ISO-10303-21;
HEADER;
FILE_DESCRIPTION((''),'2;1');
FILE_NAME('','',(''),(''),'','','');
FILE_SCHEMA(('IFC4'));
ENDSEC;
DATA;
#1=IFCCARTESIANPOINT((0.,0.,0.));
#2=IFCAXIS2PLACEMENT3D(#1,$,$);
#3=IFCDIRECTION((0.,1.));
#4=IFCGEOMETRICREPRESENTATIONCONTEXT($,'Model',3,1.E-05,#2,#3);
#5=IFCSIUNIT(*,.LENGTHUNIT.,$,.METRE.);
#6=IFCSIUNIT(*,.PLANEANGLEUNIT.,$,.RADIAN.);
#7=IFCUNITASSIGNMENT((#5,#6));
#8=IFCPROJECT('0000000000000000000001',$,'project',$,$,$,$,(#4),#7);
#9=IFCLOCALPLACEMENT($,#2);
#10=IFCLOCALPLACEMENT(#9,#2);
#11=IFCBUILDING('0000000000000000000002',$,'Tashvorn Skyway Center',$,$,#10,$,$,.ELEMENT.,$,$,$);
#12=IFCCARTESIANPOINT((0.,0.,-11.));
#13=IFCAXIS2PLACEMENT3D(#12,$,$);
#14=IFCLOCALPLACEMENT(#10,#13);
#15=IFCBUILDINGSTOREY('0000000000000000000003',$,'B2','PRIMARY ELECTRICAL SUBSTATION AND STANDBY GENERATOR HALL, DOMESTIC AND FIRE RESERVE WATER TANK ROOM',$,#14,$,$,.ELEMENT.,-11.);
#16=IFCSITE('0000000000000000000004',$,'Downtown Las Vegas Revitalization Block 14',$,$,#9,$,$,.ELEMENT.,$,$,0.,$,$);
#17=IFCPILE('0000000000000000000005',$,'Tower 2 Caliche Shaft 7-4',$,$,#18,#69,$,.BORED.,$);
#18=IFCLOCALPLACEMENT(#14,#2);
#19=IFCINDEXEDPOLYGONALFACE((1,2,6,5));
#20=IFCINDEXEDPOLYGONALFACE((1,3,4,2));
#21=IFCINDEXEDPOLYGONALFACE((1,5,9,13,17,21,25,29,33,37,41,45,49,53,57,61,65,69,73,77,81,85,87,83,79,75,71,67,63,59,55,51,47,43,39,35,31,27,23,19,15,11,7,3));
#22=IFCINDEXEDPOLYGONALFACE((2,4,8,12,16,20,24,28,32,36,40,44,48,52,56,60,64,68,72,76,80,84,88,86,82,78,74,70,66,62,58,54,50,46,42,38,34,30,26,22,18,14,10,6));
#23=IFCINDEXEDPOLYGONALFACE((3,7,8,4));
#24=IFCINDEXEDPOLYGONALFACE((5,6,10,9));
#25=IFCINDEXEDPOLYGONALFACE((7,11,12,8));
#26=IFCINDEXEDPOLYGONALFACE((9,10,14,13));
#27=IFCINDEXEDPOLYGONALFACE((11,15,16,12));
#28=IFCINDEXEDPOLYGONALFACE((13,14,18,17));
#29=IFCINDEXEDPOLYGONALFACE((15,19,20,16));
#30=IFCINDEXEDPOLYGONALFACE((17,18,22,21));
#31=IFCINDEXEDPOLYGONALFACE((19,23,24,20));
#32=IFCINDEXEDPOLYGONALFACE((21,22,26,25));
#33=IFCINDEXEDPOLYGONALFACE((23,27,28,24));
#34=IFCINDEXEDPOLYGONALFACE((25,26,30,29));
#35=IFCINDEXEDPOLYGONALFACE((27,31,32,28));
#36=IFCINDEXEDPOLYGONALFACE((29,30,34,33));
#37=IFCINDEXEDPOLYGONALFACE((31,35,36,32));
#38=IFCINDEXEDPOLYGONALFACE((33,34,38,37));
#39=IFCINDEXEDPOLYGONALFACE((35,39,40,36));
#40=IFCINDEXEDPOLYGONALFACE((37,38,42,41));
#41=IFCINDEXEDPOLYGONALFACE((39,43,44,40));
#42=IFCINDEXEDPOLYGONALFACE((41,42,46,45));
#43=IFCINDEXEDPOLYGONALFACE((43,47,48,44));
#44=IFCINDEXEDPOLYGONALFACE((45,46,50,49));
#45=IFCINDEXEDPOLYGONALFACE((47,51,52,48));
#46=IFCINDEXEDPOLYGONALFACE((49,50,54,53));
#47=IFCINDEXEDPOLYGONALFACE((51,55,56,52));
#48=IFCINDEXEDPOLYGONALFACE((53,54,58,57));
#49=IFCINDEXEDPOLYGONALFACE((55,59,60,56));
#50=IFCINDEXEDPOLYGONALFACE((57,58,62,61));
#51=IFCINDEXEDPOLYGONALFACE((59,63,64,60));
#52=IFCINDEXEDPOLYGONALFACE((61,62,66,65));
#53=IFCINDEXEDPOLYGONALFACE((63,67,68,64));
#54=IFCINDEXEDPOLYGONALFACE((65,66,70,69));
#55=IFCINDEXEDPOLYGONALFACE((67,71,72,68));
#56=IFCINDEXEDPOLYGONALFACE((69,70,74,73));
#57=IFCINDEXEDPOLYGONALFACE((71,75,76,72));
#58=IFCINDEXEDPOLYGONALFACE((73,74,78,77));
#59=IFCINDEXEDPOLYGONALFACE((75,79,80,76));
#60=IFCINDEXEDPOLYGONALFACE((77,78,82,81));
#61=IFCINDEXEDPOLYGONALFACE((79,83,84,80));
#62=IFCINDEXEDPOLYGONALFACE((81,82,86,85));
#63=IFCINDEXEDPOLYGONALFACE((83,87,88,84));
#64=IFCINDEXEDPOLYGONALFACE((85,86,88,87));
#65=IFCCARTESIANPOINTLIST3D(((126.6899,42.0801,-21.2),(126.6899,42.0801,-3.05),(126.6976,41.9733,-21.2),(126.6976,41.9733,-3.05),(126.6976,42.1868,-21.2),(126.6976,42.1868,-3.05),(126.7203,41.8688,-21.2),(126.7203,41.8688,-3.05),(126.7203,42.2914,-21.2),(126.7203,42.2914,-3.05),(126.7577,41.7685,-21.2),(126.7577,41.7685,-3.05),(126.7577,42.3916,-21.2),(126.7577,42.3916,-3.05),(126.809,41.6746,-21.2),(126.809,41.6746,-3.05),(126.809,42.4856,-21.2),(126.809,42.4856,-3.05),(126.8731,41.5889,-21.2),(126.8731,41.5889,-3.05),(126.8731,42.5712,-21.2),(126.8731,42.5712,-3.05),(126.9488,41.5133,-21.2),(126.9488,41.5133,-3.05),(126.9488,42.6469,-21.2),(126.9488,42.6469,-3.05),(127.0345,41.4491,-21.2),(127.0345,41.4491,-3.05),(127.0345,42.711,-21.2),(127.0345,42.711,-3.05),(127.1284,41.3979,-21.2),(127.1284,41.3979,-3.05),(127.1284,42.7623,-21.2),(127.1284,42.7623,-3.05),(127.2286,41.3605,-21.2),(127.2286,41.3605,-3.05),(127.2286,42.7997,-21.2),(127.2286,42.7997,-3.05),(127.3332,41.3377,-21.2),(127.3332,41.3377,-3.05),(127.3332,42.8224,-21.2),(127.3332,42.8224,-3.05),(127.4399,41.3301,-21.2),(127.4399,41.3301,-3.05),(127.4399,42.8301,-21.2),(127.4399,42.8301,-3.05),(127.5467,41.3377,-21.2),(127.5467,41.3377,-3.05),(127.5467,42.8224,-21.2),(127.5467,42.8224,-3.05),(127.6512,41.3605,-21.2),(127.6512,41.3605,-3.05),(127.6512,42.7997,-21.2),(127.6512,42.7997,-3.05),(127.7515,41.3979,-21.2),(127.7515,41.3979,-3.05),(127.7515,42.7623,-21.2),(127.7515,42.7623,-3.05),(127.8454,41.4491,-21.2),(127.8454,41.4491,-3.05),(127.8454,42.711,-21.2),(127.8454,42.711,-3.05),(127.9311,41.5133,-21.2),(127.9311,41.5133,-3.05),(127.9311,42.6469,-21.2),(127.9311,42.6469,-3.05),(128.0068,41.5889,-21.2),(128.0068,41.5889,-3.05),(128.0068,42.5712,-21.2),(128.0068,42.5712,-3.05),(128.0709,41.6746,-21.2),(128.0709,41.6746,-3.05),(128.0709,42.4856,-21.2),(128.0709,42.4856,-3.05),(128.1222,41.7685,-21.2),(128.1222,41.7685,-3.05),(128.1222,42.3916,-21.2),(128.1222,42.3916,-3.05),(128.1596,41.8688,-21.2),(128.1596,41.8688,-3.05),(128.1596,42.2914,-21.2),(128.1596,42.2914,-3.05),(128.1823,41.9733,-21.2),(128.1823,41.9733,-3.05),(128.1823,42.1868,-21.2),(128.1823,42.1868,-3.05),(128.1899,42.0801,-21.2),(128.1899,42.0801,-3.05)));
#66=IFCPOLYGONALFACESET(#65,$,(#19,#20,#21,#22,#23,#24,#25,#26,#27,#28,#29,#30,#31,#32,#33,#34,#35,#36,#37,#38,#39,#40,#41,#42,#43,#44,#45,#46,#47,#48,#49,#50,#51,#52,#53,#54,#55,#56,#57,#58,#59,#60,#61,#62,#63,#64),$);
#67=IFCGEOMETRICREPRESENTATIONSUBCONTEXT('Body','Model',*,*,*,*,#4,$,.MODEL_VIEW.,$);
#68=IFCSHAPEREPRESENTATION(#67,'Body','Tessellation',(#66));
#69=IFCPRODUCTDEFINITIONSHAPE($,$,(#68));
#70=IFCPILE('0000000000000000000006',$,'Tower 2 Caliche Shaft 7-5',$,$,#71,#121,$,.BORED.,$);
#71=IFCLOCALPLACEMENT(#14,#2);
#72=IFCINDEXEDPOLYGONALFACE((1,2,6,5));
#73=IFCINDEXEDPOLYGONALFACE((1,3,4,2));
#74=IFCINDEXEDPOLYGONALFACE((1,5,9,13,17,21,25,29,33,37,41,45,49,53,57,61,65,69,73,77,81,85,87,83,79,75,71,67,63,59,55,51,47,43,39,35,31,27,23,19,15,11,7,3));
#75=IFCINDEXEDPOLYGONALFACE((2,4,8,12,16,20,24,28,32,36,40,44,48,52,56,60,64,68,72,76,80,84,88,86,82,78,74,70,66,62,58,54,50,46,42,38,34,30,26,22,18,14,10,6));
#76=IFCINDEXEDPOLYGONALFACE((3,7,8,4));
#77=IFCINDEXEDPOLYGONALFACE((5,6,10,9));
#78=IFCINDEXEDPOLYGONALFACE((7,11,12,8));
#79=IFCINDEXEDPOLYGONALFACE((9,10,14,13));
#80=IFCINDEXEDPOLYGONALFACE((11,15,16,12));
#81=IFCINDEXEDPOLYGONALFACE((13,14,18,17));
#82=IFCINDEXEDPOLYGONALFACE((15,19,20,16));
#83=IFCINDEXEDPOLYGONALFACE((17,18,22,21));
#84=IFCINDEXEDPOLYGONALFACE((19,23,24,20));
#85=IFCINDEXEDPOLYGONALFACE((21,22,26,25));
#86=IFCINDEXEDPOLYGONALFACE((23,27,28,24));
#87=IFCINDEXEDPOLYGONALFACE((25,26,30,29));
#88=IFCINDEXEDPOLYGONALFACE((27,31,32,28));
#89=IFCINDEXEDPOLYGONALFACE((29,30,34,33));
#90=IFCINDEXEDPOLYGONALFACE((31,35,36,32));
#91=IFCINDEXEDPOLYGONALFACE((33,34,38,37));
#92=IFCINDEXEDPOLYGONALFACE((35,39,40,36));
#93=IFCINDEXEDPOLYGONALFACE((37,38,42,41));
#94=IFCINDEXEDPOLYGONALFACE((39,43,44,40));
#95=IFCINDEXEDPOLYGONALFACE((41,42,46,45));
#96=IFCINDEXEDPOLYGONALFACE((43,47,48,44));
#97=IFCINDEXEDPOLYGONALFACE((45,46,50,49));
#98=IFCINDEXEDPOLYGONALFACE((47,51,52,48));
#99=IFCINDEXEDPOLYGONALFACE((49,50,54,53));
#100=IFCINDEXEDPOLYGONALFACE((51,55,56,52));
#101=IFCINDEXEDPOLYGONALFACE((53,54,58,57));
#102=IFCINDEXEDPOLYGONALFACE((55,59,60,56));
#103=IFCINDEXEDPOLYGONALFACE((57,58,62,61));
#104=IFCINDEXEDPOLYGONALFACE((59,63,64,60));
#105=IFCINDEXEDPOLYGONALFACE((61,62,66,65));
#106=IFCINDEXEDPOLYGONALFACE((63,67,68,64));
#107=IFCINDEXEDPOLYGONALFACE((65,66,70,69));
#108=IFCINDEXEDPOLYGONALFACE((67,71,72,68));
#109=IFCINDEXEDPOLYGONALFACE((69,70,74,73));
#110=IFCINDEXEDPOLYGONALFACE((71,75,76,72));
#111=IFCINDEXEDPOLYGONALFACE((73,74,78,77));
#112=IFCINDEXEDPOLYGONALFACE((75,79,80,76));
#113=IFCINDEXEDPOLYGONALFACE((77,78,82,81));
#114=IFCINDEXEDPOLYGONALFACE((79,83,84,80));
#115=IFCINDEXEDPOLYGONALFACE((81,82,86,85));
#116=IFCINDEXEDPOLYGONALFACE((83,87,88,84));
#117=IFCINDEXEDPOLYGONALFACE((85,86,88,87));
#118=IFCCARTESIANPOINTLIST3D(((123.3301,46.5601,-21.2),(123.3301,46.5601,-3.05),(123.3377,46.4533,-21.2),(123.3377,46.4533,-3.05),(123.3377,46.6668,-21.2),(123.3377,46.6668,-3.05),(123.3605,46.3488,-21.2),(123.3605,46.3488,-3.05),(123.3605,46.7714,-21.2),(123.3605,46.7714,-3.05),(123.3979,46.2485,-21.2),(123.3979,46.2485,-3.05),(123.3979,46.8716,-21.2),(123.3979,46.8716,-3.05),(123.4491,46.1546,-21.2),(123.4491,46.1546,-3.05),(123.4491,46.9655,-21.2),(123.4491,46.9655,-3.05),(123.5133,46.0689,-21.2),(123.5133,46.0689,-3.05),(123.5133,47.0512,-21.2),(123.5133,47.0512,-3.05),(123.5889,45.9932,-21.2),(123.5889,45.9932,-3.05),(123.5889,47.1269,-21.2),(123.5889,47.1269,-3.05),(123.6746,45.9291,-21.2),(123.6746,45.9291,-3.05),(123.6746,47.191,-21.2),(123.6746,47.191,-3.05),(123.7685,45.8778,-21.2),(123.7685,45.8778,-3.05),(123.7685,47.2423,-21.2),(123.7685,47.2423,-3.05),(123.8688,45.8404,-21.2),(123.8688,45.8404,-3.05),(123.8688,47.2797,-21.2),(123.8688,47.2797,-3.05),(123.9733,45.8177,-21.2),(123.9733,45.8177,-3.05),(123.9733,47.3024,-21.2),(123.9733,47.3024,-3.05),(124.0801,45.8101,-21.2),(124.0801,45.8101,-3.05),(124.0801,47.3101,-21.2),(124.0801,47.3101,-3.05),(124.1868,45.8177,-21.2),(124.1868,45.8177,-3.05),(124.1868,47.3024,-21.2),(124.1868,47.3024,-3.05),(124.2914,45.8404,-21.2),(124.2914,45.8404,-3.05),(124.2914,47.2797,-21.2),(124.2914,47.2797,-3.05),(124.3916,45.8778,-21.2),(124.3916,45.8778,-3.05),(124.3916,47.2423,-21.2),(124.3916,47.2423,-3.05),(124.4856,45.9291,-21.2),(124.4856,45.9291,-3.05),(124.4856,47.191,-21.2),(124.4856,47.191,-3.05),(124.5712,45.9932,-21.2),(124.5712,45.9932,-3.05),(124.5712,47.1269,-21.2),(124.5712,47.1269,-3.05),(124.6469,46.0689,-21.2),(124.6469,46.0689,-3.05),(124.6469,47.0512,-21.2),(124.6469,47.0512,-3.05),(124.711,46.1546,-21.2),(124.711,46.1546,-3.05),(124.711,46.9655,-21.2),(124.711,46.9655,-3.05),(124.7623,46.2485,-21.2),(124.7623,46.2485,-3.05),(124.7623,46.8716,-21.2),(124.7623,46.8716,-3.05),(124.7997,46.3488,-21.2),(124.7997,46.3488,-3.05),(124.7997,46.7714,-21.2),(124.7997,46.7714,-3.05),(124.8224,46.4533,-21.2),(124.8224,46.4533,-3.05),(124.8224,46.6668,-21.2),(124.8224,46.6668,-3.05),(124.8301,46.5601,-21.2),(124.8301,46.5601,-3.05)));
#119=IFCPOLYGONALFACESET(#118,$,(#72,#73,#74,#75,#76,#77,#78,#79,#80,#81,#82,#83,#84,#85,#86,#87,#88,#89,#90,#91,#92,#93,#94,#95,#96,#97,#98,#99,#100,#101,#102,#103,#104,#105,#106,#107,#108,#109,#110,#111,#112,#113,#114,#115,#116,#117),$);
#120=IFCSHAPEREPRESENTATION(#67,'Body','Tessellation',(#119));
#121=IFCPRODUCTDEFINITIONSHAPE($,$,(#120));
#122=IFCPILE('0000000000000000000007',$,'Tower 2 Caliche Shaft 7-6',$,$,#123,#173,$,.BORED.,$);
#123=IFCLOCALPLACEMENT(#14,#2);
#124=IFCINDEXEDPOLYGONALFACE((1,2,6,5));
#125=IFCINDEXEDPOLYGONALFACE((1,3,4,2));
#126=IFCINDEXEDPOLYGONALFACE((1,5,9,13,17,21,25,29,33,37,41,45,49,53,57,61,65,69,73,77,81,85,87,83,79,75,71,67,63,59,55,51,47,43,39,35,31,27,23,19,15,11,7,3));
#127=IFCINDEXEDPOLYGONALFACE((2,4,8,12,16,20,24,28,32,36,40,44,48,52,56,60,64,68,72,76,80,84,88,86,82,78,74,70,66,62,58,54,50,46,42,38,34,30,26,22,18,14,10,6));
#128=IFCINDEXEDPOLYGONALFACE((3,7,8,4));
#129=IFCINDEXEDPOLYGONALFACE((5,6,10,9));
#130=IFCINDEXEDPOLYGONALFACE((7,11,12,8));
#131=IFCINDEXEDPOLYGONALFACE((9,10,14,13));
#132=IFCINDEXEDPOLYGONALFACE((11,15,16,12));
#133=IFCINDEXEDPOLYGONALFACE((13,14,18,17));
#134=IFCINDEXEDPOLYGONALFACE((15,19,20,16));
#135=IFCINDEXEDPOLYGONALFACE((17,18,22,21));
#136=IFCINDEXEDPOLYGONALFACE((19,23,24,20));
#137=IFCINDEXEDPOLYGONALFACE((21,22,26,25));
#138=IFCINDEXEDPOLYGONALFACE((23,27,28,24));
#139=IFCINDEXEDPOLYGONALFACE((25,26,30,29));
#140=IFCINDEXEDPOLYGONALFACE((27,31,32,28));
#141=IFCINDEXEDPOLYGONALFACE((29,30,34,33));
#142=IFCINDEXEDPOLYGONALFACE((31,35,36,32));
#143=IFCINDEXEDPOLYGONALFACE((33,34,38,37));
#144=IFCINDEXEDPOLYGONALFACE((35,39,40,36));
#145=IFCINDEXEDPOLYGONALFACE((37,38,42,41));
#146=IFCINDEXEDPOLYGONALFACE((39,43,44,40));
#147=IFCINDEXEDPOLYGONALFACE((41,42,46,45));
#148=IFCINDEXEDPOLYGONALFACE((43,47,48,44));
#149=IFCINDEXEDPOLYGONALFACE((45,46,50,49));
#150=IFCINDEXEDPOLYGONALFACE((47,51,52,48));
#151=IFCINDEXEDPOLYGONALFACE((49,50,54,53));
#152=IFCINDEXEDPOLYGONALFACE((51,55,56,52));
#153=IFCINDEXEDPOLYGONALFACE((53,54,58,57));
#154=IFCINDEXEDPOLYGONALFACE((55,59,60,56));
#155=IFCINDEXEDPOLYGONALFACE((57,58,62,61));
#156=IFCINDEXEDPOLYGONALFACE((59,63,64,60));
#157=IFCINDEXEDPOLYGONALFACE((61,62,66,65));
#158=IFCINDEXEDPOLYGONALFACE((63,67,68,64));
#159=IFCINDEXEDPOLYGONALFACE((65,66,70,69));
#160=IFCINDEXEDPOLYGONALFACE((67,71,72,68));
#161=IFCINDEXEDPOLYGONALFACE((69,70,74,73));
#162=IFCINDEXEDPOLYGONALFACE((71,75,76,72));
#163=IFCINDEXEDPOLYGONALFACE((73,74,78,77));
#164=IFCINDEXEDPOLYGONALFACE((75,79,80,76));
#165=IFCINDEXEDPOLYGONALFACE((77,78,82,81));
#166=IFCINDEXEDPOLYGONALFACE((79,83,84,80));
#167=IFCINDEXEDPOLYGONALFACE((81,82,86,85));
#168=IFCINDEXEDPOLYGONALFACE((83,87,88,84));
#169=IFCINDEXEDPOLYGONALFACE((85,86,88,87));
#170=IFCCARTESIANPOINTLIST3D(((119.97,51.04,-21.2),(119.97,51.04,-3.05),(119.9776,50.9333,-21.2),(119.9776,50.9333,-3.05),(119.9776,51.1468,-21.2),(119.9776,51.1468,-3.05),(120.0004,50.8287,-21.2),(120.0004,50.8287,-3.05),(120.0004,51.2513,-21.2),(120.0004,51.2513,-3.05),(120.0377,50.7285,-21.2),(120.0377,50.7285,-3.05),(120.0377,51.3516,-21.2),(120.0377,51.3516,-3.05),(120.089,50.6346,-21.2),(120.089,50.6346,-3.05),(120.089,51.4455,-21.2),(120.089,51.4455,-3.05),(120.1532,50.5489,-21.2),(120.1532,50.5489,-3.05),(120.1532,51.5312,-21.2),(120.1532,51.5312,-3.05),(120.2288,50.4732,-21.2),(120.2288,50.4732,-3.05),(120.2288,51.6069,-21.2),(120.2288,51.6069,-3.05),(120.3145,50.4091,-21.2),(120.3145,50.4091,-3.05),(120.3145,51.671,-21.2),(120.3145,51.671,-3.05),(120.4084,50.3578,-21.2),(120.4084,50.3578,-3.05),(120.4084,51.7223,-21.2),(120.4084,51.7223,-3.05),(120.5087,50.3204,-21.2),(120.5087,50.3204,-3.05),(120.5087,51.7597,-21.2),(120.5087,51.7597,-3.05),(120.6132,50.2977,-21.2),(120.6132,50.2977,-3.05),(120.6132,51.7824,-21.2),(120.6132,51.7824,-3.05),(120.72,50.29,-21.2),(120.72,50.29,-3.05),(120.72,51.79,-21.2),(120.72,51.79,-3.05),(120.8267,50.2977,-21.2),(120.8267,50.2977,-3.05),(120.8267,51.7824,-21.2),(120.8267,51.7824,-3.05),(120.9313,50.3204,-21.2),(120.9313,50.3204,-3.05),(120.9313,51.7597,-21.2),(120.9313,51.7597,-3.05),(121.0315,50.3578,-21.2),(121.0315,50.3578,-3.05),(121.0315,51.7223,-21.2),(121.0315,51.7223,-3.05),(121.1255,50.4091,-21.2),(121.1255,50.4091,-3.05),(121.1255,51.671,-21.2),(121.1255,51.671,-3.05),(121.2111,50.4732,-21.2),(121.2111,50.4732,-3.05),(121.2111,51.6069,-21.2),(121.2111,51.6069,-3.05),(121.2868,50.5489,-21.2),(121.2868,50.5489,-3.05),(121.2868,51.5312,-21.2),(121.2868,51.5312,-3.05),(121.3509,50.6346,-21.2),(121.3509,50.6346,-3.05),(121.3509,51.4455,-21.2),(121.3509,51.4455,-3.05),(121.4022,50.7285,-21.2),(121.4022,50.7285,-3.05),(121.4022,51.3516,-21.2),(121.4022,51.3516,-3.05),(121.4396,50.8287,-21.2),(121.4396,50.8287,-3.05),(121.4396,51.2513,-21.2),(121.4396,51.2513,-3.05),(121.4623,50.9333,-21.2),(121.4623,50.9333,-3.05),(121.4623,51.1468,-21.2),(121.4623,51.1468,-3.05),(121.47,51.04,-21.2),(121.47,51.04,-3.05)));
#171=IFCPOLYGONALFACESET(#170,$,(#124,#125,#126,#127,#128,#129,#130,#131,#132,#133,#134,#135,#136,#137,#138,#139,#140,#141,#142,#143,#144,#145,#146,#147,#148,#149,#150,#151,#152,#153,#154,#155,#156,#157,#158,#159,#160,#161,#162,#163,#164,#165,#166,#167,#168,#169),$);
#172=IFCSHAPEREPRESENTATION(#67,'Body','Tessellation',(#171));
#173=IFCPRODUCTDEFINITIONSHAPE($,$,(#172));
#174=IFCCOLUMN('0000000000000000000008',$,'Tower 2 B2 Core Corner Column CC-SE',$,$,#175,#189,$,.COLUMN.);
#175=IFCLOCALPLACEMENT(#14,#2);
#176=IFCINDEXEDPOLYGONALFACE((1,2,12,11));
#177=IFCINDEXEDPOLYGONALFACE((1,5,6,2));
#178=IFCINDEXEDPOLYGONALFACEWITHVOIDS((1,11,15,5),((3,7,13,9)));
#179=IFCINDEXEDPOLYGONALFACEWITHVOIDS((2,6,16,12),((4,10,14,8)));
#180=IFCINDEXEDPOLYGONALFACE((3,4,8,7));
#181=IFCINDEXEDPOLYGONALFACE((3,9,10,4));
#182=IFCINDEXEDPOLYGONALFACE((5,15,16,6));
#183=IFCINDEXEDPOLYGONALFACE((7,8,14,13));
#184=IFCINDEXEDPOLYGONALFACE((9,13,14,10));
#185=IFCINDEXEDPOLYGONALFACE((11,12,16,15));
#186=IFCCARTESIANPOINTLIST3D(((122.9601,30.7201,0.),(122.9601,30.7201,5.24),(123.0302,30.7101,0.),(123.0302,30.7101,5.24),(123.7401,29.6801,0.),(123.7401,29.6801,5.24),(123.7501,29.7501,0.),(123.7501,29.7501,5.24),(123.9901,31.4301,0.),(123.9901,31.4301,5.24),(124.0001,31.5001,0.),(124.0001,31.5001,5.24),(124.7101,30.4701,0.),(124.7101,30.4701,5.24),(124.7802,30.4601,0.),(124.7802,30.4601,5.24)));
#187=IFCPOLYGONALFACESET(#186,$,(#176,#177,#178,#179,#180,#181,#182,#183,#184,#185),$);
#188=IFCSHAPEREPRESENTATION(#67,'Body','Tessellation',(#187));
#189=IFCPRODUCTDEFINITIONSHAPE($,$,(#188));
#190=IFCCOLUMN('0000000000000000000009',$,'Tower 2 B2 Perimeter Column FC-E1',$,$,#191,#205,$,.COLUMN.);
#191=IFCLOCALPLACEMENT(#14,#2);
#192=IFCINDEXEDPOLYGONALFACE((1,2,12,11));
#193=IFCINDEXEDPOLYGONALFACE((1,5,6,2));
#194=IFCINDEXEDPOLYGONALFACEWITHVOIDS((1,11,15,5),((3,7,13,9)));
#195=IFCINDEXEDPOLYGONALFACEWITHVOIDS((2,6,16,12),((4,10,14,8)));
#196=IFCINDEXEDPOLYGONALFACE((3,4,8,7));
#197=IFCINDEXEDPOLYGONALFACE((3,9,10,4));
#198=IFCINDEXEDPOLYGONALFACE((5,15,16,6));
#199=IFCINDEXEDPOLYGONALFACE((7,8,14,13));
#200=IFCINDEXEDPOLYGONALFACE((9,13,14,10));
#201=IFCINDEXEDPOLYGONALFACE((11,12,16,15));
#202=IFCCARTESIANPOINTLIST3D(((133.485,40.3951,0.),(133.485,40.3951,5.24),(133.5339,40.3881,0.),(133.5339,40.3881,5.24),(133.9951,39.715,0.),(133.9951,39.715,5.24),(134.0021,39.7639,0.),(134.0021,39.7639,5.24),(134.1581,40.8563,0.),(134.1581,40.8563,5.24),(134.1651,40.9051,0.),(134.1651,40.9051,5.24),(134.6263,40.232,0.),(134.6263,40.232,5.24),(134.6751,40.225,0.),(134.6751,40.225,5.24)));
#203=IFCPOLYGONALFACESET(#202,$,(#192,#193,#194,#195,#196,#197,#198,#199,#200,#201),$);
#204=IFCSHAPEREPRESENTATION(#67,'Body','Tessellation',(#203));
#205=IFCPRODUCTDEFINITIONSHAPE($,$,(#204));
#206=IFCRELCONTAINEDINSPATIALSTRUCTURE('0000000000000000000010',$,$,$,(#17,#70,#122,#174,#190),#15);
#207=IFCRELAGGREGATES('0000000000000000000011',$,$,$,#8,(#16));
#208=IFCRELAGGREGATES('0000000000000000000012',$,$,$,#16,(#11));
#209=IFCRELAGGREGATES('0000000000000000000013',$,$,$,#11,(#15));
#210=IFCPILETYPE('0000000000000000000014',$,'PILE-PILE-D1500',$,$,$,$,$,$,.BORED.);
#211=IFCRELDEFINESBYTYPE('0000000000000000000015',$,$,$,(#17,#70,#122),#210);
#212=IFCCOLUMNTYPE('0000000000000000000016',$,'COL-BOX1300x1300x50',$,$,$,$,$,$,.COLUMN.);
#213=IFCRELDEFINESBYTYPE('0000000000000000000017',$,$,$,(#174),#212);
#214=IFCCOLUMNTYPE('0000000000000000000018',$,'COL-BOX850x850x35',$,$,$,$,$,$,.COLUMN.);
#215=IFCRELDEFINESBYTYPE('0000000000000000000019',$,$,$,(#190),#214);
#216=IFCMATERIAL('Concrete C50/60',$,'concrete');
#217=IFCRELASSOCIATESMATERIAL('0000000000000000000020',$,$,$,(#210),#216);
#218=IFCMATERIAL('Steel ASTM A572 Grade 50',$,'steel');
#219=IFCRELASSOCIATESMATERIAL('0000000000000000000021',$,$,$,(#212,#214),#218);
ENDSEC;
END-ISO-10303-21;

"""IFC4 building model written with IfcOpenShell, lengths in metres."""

from ifc_helpers import new_model, si_unit, direction, frame, origin, origin_2d, place, context, subcontext, project, spatial, hollow_rectangle, circle, extrude, material, material_profile, profile_set, type_object, element, save


model = new_model("IFC4")

# Units and contexts
model_context = context("Model", 3, precision=1e-05, world=origin(), true_north=direction((0.0, 1.0)))
body_context = subcontext(model_context, "Body", "Model", "MODEL_VIEW")
ifc_project = project(units=[si_unit("LENGTHUNIT", "METRE"), si_unit("PLANEANGLEUNIT", "RADIAN")], contexts=[model_context])

# Site, building, storey
site_placement = place(None, origin())
site = spatial("IfcSite", under=ifc_project, at=site_placement, Name="Downtown Las Vegas Revitalization Block 14", CompositionType="ELEMENT", RefElevation=0.0)
building_placement = place(site_placement, origin())
building = spatial("IfcBuilding", under=site, at=building_placement, Name="Tashvorn Skyway Center", CompositionType="ELEMENT")
storey_placement = place(building_placement, frame((0.0, 0.0, -11.0)))
storey = spatial("IfcBuildingStorey", under=building, at=storey_placement, Name="B2", Description="PRIMARY ELECTRICAL SUBSTATION AND STANDBY GENERATOR HALL, DOMESTIC AND FIRE RESERVE WATER TANK ROOM", CompositionType="ELEMENT", Elevation=-11.0)

# Piles
ifc_material_1 = material(Name="Concrete C50/60", Category="concrete")
ifc_material_profile_1 = material_profile(ifc_material_1, circle(Radius=0.75, at=origin_2d()), Name="PILE-D1500")
ifc_profile_set_1 = profile_set([ifc_material_profile_1], Name="Concrete C50/60")
pile_type = type_object("IfcPileType", Name="PILE-PILE-D1500", PredefinedType="BORED", material=ifc_profile_set_1)
for number, where, z_axis, x_axis, name in (
    (1, (127.4399, 42.0801, -3.05), (0.0, 0.0, -1.0), (1.0, 0.0, 0.0), "Tower 2 Caliche Shaft 7-4"),
    (2, (124.0801, 46.5601, -3.05), (0.0, 0.0, -1.0), (1.0, 0.0, 0.0), "Tower 2 Caliche Shaft 7-5"),
    (3, (120.72, 51.04, -3.05), (0.0, 0.0, -1.0), (1.0, 0.0, 0.0), "Tower 2 Caliche Shaft 7-6"),
):
    element("IfcPile", number, at=place(storey_placement, frame(where, z_axis=z_axis, x_axis=x_axis)), inside=storey, type_object=pile_type, Name=name, PredefinedType="BORED", context=body_context, shape_type="SweptSolid", body=[
        extrude(circle(Radius=0.75, at=origin_2d()), origin(), (0.0, 0.0, 1.0), 18.1499),
    ])

# Columns
ifc_material_2 = material(Name="Steel ASTM A572 Grade 50", Category="steel")
ifc_material_profile_2 = material_profile(ifc_material_2, hollow_rectangle(XDim=1.3, YDim=1.3, WallThickness=0.05, at=origin_2d()), Name="BOX1300x1300x50")
ifc_profile_set_2 = profile_set([ifc_material_profile_2], Name="Steel ASTM A572 Grade 50")
column_type_1 = type_object("IfcColumnType", Name="COL-BOX1300x1300x50", PredefinedType="COLUMN", material=ifc_profile_set_2)
column_placement = place(storey_placement, frame((123.8701, 30.5901, 0.0), z_axis=(0.0, 0.0, 1.0), x_axis=(0.8, 0.6, 0.0)))
element("IfcColumn", 4, at=column_placement, inside=storey, type_object=column_type_1, Name="Tower 2 B2 Core Corner Column CC-SE", PredefinedType="COLUMN", context=body_context, shape_type="SweptSolid", body=[
    extrude(hollow_rectangle(XDim=1.3, YDim=1.3, WallThickness=0.05, at=origin_2d()), origin(), (0.0, 0.0, 1.0), 5.24),
])
ifc_material_profile_3 = material_profile(ifc_material_2, hollow_rectangle(XDim=0.8501, YDim=0.8501, WallThickness=0.0349, at=origin_2d()), Name="BOX850x850x35")
ifc_profile_set_3 = profile_set([ifc_material_profile_3], Name="Steel ASTM A572 Grade 50")
column_type_2 = type_object("IfcColumnType", Name="COL-BOX850x850x35", PredefinedType="COLUMN", material=ifc_profile_set_3)
for number, where, z_axis, x_axis, name in (
    (5, (134.0801, 40.3101, 0.0), (0.0, 0.0, 1.0), (0.8, 0.6, 0.0), "Tower 2 B2 Perimeter Column FC-E1"),
):
    element("IfcColumn", number, at=place(storey_placement, frame(where, z_axis=z_axis, x_axis=x_axis)), inside=storey, type_object=column_type_2, Name=name, PredefinedType="COLUMN", context=body_context, shape_type="SweptSolid", body=[
        extrude(hollow_rectangle(XDim=0.8501, YDim=0.8501, WallThickness=0.0349, at=origin_2d()), origin(), (0.0, 0.0, 1.0), 5.24),
    ])

save(model, "model.ifc")
